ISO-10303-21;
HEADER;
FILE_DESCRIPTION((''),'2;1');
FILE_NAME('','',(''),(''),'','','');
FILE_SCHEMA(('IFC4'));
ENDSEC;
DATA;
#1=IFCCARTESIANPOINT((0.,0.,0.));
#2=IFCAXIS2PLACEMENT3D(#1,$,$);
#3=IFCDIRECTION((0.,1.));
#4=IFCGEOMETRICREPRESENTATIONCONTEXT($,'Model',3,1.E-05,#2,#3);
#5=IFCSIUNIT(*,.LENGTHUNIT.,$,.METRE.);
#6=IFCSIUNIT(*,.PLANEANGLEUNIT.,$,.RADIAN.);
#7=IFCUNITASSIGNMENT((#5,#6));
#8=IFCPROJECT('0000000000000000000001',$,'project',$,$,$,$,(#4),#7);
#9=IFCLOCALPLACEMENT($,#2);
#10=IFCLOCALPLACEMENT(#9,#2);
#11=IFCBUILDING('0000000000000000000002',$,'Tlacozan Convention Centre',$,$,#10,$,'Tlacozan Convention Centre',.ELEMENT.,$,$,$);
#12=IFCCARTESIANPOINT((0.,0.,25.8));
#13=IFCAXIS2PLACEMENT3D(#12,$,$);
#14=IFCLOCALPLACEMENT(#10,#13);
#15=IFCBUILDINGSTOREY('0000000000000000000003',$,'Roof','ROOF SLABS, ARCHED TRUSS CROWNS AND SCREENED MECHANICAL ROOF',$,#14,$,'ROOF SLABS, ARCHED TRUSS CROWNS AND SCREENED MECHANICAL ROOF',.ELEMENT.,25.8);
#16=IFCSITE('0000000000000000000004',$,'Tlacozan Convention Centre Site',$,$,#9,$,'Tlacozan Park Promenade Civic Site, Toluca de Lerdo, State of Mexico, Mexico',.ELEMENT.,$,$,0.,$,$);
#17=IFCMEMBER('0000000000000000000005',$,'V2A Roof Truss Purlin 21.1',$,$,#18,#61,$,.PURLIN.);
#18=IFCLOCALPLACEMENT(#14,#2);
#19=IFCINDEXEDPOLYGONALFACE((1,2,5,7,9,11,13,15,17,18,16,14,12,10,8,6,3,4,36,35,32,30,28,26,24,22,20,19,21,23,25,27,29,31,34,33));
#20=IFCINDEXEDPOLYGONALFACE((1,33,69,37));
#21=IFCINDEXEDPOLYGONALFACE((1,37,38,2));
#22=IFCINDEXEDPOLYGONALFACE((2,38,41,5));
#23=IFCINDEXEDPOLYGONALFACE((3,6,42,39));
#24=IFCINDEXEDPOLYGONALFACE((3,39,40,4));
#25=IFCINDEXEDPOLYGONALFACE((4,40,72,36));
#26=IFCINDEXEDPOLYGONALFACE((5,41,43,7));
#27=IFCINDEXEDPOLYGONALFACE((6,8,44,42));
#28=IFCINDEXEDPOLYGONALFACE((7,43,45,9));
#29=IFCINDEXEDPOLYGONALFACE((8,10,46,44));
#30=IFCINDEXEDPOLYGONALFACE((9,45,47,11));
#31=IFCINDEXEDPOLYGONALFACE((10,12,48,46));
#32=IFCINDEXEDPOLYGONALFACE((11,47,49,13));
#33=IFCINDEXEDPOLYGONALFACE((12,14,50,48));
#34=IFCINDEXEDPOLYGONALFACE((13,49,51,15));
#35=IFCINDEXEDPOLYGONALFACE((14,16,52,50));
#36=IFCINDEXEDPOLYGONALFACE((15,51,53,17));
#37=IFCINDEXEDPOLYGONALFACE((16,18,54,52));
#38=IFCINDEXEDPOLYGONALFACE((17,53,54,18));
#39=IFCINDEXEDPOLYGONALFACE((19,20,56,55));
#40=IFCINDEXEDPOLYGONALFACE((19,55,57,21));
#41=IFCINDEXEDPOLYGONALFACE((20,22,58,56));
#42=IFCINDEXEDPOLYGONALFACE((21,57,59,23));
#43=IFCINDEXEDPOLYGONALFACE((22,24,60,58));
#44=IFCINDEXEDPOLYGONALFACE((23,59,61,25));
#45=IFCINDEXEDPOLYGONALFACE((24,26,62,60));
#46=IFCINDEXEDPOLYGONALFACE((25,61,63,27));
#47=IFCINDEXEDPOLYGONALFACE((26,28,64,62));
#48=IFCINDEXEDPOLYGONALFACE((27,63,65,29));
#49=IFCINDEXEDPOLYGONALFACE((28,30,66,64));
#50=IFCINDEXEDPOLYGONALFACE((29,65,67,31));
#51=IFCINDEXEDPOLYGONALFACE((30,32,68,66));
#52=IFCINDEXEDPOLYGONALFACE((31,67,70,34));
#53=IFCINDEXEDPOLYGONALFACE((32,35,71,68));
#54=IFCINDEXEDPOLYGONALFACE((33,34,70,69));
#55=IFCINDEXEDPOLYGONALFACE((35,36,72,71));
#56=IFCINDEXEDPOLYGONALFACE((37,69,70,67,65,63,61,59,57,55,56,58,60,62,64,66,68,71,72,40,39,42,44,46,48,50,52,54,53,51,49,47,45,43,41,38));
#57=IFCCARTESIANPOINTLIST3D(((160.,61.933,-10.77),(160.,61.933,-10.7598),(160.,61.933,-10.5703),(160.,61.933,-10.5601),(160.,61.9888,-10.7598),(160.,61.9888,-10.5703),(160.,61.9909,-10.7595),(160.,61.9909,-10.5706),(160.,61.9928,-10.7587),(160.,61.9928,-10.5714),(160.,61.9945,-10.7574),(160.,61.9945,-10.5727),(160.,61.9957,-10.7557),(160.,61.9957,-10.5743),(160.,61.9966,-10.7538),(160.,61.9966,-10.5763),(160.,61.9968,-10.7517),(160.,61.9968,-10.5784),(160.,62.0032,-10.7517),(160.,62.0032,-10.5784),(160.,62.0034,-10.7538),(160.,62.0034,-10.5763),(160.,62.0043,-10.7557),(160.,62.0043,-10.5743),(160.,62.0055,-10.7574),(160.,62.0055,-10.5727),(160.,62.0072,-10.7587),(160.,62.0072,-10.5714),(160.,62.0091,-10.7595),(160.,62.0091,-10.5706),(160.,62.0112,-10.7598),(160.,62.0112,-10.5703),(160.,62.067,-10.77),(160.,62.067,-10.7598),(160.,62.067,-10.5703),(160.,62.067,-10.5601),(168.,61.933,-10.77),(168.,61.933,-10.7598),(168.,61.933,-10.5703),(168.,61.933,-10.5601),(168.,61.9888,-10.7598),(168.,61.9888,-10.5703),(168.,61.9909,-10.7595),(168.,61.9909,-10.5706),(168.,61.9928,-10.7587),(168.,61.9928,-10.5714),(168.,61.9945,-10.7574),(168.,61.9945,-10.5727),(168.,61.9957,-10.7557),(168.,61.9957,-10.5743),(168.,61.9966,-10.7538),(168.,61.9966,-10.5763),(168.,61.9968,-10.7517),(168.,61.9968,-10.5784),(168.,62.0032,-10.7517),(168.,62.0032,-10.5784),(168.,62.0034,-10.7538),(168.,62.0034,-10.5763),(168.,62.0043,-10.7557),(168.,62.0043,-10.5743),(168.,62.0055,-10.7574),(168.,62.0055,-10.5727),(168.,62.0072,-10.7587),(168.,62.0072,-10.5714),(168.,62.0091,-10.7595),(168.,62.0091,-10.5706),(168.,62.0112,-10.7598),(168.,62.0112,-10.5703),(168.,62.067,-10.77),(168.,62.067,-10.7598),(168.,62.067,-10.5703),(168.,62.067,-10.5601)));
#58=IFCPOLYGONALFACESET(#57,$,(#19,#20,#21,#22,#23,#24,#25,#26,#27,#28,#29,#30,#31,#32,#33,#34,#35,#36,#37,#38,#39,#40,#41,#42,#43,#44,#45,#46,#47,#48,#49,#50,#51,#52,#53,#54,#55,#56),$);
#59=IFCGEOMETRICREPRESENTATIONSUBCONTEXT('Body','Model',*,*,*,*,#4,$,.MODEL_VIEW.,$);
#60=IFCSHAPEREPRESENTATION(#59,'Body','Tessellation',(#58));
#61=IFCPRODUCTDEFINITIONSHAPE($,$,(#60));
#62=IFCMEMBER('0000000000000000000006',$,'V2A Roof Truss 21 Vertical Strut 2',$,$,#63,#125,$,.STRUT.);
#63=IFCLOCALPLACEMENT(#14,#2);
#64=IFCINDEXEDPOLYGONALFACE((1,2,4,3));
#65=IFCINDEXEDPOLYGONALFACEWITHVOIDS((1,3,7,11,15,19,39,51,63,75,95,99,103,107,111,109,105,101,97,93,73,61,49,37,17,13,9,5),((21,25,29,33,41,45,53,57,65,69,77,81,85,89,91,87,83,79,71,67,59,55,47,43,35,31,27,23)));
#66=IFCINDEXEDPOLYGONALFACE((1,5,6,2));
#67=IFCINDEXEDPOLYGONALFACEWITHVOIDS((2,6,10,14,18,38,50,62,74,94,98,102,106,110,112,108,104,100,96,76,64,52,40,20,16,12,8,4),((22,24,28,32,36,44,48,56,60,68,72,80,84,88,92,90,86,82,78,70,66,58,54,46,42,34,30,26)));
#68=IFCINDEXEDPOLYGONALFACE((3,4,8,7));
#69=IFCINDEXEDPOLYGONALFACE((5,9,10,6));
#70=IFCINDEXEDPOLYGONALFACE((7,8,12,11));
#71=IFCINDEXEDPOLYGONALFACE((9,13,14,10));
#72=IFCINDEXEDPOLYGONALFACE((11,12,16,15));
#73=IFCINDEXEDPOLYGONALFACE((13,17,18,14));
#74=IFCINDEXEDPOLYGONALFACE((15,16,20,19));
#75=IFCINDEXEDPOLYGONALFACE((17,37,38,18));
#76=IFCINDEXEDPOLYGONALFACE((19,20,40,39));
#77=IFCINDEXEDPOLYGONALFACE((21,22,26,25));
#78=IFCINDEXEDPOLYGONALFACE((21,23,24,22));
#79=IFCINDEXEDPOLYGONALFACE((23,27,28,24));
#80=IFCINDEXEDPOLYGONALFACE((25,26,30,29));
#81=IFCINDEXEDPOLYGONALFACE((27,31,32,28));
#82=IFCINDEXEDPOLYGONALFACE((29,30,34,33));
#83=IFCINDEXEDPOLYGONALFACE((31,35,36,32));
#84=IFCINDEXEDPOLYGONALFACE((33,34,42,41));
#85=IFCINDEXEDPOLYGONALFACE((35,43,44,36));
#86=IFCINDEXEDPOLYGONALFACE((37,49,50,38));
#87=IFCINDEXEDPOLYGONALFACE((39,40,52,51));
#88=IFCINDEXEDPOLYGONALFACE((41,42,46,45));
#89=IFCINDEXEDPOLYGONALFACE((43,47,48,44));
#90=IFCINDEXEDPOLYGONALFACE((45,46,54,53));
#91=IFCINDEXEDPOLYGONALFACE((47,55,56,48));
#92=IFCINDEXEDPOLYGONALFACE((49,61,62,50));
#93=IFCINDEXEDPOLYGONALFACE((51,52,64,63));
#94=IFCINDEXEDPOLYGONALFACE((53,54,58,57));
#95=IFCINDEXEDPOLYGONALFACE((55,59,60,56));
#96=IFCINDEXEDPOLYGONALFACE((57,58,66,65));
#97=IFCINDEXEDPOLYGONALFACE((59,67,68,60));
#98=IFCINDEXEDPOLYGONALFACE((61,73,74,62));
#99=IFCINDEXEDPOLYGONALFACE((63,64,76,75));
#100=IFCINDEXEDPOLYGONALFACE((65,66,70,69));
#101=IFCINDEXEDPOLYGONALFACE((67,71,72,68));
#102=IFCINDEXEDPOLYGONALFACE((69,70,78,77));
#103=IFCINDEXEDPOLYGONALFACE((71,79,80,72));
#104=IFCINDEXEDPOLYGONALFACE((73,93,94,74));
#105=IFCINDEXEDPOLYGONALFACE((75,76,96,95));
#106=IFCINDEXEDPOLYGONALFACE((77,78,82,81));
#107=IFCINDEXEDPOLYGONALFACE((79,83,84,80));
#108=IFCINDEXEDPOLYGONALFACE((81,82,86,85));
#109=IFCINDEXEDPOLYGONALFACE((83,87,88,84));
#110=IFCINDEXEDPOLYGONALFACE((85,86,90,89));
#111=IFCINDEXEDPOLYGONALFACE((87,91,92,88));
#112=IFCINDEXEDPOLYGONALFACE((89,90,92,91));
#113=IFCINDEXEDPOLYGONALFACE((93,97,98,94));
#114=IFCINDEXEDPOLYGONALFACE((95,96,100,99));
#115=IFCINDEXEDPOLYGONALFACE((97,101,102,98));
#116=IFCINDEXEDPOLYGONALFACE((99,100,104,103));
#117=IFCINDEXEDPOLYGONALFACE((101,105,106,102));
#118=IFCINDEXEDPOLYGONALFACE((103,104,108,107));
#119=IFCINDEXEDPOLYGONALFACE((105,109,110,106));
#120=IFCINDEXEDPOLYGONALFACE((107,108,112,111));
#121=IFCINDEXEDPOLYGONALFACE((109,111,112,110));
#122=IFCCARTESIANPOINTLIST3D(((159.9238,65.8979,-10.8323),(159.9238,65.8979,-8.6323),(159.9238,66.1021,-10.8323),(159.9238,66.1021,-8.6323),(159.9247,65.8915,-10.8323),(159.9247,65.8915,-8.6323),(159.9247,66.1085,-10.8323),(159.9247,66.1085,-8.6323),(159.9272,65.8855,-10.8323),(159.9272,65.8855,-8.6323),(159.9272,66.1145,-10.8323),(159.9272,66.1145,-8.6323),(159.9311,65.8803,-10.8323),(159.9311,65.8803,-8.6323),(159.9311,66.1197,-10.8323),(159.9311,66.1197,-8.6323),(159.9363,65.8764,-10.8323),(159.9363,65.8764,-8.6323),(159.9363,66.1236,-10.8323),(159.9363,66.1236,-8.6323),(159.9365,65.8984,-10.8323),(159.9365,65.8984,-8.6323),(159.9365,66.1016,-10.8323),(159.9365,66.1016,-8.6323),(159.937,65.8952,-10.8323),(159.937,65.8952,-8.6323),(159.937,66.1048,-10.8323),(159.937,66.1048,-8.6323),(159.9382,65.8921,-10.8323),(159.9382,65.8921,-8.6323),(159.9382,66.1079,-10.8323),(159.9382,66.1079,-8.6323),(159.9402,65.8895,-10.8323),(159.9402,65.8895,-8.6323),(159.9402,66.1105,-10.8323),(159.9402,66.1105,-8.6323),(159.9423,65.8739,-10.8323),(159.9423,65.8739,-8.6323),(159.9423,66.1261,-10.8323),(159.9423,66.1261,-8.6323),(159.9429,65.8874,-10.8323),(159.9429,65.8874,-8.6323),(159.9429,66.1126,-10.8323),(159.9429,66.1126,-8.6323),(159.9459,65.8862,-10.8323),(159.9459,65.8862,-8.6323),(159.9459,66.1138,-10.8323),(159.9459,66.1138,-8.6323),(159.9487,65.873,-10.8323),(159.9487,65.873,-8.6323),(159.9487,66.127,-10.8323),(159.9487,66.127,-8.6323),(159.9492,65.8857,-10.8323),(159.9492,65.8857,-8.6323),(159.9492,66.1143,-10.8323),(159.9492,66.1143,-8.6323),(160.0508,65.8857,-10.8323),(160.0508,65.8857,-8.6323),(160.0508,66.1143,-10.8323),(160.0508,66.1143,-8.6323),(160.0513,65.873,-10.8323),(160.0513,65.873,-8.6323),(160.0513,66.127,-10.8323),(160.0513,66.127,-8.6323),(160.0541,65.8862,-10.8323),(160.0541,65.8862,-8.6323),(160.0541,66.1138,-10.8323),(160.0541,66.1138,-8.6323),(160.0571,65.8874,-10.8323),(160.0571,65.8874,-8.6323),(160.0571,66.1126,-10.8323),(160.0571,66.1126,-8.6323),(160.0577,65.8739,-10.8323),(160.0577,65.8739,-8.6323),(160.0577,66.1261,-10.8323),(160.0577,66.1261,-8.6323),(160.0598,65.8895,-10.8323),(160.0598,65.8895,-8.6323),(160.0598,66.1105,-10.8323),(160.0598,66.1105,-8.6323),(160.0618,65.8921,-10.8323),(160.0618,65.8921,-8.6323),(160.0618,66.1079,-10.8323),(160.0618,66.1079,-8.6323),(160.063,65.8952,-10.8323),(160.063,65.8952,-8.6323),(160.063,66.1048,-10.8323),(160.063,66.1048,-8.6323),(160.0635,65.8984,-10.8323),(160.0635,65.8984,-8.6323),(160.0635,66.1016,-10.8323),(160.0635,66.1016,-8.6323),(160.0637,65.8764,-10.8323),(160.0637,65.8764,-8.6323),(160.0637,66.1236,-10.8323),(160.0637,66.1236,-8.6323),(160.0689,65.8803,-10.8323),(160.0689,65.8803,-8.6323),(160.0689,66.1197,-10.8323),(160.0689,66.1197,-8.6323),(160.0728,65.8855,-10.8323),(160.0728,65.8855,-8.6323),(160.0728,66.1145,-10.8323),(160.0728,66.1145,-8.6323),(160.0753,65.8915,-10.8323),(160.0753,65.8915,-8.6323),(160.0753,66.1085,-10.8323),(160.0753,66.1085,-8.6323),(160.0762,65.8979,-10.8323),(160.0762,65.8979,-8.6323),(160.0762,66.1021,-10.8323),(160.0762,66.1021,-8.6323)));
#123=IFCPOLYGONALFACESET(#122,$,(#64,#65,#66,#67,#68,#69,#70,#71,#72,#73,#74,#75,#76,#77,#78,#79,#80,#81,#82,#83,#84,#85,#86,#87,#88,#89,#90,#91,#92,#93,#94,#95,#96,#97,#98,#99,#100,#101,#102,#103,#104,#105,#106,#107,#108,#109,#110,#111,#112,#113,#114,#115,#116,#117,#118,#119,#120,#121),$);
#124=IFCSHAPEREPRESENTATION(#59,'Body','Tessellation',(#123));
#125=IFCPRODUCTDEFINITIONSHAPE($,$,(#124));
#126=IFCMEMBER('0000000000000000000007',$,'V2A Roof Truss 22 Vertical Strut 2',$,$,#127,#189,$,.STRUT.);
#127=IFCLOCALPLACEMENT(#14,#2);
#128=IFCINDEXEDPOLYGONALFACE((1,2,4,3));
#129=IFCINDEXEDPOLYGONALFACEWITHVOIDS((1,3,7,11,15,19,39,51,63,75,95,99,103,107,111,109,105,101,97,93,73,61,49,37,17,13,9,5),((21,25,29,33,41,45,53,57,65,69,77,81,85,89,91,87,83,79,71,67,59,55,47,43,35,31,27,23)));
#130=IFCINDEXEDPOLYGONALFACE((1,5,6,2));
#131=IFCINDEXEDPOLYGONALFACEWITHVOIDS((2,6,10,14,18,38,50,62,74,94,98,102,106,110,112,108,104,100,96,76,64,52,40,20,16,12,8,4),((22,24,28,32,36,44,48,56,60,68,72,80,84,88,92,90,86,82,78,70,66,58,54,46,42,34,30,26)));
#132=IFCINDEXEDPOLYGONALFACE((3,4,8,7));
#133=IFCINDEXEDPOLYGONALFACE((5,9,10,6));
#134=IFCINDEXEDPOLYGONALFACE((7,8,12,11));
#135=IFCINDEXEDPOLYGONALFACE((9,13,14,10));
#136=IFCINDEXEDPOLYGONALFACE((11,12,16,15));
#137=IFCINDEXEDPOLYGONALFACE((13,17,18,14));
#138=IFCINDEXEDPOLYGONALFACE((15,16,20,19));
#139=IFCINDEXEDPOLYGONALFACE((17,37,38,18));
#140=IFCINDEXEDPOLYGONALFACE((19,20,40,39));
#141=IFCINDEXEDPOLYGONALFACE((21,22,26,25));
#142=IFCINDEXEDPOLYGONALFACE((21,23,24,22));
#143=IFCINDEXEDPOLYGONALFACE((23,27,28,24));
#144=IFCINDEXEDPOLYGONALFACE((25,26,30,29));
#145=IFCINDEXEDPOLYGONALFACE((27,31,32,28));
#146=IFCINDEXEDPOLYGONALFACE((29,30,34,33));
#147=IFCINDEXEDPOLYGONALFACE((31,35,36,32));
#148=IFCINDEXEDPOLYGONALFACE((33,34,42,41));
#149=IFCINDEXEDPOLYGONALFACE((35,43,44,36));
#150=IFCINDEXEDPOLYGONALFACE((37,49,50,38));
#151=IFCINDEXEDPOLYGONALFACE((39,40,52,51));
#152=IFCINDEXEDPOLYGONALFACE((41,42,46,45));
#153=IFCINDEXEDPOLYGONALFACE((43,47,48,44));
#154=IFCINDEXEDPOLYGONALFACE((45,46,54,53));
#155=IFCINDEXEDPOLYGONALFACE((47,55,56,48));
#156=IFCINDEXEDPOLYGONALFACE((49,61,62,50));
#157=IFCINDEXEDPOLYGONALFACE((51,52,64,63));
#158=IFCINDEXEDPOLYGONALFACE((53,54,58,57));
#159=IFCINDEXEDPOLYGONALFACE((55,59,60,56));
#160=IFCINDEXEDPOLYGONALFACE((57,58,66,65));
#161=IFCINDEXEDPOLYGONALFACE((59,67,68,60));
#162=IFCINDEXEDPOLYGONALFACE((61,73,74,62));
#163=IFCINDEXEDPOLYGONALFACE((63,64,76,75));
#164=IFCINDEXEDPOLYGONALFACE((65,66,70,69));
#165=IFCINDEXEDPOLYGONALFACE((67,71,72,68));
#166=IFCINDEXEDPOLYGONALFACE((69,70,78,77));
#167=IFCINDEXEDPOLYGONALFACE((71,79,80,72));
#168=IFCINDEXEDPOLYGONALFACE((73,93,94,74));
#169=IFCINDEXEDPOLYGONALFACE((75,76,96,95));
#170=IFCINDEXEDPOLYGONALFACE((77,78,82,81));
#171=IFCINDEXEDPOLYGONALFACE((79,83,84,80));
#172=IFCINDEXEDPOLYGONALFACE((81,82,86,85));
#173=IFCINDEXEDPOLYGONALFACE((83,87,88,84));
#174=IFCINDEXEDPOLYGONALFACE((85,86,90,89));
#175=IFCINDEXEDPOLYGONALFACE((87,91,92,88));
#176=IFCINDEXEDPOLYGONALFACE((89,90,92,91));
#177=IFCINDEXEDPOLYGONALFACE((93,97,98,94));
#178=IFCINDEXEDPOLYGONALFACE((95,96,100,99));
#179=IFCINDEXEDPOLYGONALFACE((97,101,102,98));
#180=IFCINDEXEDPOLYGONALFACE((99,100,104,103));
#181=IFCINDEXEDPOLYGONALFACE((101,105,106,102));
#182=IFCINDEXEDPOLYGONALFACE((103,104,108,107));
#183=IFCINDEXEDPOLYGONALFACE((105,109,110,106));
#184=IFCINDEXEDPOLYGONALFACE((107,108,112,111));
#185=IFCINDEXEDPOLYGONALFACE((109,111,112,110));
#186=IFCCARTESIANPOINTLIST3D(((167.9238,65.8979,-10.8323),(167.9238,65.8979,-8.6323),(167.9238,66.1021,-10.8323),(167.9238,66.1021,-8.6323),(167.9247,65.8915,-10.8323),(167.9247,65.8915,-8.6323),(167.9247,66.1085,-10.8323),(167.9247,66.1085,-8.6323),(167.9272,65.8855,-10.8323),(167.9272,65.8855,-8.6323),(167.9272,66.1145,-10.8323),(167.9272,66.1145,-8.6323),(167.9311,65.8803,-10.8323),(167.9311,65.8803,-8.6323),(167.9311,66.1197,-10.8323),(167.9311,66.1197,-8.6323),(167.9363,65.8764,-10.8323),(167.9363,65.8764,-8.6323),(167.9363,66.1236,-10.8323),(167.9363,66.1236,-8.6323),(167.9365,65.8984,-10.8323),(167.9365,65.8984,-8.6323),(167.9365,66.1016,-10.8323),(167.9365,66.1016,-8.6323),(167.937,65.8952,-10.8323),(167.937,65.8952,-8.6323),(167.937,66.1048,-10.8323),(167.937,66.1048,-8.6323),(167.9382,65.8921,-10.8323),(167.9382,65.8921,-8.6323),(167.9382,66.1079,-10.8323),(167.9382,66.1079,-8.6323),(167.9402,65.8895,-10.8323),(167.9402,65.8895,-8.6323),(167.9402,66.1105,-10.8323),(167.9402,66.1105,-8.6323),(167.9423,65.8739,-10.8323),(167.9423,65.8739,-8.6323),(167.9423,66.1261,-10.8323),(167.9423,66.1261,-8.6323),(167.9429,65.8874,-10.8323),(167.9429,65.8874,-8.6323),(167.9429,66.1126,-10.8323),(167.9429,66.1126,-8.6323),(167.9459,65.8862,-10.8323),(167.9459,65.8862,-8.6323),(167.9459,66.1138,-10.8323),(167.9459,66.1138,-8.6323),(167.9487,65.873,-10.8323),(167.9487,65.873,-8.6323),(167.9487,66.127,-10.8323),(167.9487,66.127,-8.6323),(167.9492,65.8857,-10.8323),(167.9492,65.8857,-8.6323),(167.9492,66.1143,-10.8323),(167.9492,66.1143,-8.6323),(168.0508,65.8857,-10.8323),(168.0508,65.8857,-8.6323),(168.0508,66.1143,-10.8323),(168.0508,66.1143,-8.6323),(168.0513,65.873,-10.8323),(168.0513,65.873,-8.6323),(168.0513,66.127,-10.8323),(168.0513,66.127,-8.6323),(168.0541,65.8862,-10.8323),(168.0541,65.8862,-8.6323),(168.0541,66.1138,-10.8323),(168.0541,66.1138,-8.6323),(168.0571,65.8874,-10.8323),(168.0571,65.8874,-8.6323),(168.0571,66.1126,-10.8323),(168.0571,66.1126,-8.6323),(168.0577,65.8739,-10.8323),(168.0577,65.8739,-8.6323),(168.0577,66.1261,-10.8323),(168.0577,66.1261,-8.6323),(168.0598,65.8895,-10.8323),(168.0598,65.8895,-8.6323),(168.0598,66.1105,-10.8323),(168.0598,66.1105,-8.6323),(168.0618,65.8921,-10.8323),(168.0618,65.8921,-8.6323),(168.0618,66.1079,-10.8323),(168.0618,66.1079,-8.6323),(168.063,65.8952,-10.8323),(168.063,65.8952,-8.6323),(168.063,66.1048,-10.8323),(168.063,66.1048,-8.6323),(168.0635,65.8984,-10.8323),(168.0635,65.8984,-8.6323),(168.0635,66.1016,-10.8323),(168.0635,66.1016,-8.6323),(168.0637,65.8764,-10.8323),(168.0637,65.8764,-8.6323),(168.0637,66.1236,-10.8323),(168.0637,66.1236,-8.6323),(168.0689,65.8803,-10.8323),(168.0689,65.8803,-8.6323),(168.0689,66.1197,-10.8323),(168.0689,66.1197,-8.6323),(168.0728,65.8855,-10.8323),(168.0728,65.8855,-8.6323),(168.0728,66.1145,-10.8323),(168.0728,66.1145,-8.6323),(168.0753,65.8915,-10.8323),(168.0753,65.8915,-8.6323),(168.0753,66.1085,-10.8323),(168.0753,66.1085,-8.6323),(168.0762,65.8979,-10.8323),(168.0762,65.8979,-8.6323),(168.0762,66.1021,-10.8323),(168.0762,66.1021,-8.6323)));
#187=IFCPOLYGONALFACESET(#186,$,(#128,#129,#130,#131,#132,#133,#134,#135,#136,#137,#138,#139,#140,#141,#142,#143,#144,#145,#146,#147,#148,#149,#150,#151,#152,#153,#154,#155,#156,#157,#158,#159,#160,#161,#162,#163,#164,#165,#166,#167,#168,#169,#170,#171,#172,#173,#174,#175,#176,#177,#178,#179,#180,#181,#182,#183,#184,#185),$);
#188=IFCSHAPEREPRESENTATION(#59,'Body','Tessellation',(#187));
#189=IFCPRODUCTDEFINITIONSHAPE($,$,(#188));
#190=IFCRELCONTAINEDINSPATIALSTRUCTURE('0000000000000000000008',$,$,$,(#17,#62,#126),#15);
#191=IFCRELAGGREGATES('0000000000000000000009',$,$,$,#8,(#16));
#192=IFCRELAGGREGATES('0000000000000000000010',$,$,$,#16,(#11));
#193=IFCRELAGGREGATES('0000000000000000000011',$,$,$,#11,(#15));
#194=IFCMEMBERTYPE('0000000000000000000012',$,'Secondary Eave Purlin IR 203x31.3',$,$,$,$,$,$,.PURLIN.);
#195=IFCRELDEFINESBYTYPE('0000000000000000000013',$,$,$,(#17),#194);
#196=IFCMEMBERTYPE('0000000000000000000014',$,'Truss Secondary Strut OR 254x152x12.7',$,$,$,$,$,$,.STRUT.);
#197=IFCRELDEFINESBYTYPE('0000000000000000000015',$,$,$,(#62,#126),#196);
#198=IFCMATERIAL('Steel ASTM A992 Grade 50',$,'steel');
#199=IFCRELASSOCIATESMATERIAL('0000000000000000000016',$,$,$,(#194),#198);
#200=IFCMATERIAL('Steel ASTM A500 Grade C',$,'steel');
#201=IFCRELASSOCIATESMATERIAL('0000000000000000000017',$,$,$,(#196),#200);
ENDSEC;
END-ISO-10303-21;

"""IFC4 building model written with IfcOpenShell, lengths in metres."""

from ifc_helpers import new_model, si_unit, direction, frame, origin, origin_2d, place, context, subcontext, project, spatial, hollow_rectangle, i_section, extrude, material, material_profile, profile_set, type_object, element, save


model = new_model("IFC4")

# Units and contexts
model_context = context("Model", 3, precision=1e-05, world=origin(), true_north=direction((0.0, 1.0)))
body_context = subcontext(model_context, "Body", "Model", "MODEL_VIEW")
ifc_project = project(units=[si_unit("LENGTHUNIT", "METRE"), si_unit("PLANEANGLEUNIT", "RADIAN")], contexts=[model_context])

# Site, building, storey
site_placement = place(None, origin())
site = spatial("IfcSite", under=ifc_project, at=site_placement, Name="Tlacozan Convention Centre Site", LongName="Tlacozan Park Promenade Civic Site, Toluca de Lerdo, State of Mexico, Mexico", CompositionType="ELEMENT", RefElevation=0.0)
building_placement = place(site_placement, origin())
building = spatial("IfcBuilding", under=site, at=building_placement, Name="Tlacozan Convention Centre", LongName="Tlacozan Convention Centre", CompositionType="ELEMENT")
storey_placement = place(building_placement, frame((0.0, 0.0, 25.8)))
storey = spatial("IfcBuildingStorey", under=building, at=storey_placement, Name="Roof", Description="ROOF SLABS, ARCHED TRUSS CROWNS AND SCREENED MECHANICAL ROOF", LongName="ROOF SLABS, ARCHED TRUSS CROWNS AND SCREENED MECHANICAL ROOF", CompositionType="ELEMENT", Elevation=25.8)

# Members
ifc_material_1 = material(Name="Steel ASTM A500 Grade C", Category="steel")
ifc_material_2 = material(Name="Steel ASTM A992 Grade 50", Category="steel")
ifc_material_profile_1 = material_profile(ifc_material_2, i_section(OverallWidth=0.134, OverallDepth=0.21, WebThickness=0.0063, FlangeThickness=0.0103, FilletRadius=0.0081, at=origin_2d()), Name="IR 203x31.3")
ifc_profile_set_1 = profile_set([ifc_material_profile_1], Name="Steel ASTM A992 Grade 50")
member_type_1 = type_object("IfcMemberType", Name="Secondary Eave Purlin IR 203x31.3", PredefinedType="PURLIN", material=ifc_profile_set_1)
member_1_placement = place(storey_placement, frame((160.0, 62.0, -10.665), z_axis=(1.0, 0.0, 0.0), x_axis=(0.0, 1.0, 0.0)))
element("IfcMember", 1, at=member_1_placement, inside=storey, type_object=member_type_1, Name="V2A Roof Truss Purlin 21.1", PredefinedType="PURLIN", context=body_context, shape_type="SweptSolid", body=[
    extrude(i_section(OverallWidth=0.134, OverallDepth=0.21, WebThickness=0.0063, FlangeThickness=0.0103, FilletRadius=0.0081, at=origin_2d()), origin(), (0.0, 0.0, 1.0), 8.0),
])
ifc_material_profile_2 = material_profile(ifc_material_1, hollow_rectangle(XDim=0.1523, YDim=0.2539, WallThickness=0.0127, InnerFilletRadius=0.0127, OuterFilletRadius=0.0249, at=origin_2d()), Name="OR 254x152x12.7")
ifc_profile_set_2 = profile_set([ifc_material_profile_2], Name="Steel ASTM A500 Grade C")
member_type_2 = type_object("IfcMemberType", Name="Truss Secondary Strut OR 254x152x12.7", PredefinedType="STRUT", material=ifc_profile_set_2)
for number, where, z_axis, x_axis, name in (
    (2, (160.0, 66.0, -10.8323), (0.0, 0.0, 1.0), (1.0, 0.0, 0.0), "V2A Roof Truss 21 Vertical Strut 2"),
    (3, (168.0, 66.0, -10.8323), (0.0, 0.0, 1.0), (1.0, 0.0, 0.0), "V2A Roof Truss 22 Vertical Strut 2"),
):
    element("IfcMember", number, at=place(storey_placement, frame(where, z_axis=z_axis, x_axis=x_axis)), inside=storey, type_object=member_type_2, Name=name, PredefinedType="STRUT", context=body_context, shape_type="SweptSolid", body=[
        extrude(hollow_rectangle(XDim=0.1523, YDim=0.2539, WallThickness=0.0127, InnerFilletRadius=0.0127, OuterFilletRadius=0.0249, at=origin_2d()), origin(), (0.0, 0.0, 1.0), 2.2),
    ])

save(model, "model.ifc")
